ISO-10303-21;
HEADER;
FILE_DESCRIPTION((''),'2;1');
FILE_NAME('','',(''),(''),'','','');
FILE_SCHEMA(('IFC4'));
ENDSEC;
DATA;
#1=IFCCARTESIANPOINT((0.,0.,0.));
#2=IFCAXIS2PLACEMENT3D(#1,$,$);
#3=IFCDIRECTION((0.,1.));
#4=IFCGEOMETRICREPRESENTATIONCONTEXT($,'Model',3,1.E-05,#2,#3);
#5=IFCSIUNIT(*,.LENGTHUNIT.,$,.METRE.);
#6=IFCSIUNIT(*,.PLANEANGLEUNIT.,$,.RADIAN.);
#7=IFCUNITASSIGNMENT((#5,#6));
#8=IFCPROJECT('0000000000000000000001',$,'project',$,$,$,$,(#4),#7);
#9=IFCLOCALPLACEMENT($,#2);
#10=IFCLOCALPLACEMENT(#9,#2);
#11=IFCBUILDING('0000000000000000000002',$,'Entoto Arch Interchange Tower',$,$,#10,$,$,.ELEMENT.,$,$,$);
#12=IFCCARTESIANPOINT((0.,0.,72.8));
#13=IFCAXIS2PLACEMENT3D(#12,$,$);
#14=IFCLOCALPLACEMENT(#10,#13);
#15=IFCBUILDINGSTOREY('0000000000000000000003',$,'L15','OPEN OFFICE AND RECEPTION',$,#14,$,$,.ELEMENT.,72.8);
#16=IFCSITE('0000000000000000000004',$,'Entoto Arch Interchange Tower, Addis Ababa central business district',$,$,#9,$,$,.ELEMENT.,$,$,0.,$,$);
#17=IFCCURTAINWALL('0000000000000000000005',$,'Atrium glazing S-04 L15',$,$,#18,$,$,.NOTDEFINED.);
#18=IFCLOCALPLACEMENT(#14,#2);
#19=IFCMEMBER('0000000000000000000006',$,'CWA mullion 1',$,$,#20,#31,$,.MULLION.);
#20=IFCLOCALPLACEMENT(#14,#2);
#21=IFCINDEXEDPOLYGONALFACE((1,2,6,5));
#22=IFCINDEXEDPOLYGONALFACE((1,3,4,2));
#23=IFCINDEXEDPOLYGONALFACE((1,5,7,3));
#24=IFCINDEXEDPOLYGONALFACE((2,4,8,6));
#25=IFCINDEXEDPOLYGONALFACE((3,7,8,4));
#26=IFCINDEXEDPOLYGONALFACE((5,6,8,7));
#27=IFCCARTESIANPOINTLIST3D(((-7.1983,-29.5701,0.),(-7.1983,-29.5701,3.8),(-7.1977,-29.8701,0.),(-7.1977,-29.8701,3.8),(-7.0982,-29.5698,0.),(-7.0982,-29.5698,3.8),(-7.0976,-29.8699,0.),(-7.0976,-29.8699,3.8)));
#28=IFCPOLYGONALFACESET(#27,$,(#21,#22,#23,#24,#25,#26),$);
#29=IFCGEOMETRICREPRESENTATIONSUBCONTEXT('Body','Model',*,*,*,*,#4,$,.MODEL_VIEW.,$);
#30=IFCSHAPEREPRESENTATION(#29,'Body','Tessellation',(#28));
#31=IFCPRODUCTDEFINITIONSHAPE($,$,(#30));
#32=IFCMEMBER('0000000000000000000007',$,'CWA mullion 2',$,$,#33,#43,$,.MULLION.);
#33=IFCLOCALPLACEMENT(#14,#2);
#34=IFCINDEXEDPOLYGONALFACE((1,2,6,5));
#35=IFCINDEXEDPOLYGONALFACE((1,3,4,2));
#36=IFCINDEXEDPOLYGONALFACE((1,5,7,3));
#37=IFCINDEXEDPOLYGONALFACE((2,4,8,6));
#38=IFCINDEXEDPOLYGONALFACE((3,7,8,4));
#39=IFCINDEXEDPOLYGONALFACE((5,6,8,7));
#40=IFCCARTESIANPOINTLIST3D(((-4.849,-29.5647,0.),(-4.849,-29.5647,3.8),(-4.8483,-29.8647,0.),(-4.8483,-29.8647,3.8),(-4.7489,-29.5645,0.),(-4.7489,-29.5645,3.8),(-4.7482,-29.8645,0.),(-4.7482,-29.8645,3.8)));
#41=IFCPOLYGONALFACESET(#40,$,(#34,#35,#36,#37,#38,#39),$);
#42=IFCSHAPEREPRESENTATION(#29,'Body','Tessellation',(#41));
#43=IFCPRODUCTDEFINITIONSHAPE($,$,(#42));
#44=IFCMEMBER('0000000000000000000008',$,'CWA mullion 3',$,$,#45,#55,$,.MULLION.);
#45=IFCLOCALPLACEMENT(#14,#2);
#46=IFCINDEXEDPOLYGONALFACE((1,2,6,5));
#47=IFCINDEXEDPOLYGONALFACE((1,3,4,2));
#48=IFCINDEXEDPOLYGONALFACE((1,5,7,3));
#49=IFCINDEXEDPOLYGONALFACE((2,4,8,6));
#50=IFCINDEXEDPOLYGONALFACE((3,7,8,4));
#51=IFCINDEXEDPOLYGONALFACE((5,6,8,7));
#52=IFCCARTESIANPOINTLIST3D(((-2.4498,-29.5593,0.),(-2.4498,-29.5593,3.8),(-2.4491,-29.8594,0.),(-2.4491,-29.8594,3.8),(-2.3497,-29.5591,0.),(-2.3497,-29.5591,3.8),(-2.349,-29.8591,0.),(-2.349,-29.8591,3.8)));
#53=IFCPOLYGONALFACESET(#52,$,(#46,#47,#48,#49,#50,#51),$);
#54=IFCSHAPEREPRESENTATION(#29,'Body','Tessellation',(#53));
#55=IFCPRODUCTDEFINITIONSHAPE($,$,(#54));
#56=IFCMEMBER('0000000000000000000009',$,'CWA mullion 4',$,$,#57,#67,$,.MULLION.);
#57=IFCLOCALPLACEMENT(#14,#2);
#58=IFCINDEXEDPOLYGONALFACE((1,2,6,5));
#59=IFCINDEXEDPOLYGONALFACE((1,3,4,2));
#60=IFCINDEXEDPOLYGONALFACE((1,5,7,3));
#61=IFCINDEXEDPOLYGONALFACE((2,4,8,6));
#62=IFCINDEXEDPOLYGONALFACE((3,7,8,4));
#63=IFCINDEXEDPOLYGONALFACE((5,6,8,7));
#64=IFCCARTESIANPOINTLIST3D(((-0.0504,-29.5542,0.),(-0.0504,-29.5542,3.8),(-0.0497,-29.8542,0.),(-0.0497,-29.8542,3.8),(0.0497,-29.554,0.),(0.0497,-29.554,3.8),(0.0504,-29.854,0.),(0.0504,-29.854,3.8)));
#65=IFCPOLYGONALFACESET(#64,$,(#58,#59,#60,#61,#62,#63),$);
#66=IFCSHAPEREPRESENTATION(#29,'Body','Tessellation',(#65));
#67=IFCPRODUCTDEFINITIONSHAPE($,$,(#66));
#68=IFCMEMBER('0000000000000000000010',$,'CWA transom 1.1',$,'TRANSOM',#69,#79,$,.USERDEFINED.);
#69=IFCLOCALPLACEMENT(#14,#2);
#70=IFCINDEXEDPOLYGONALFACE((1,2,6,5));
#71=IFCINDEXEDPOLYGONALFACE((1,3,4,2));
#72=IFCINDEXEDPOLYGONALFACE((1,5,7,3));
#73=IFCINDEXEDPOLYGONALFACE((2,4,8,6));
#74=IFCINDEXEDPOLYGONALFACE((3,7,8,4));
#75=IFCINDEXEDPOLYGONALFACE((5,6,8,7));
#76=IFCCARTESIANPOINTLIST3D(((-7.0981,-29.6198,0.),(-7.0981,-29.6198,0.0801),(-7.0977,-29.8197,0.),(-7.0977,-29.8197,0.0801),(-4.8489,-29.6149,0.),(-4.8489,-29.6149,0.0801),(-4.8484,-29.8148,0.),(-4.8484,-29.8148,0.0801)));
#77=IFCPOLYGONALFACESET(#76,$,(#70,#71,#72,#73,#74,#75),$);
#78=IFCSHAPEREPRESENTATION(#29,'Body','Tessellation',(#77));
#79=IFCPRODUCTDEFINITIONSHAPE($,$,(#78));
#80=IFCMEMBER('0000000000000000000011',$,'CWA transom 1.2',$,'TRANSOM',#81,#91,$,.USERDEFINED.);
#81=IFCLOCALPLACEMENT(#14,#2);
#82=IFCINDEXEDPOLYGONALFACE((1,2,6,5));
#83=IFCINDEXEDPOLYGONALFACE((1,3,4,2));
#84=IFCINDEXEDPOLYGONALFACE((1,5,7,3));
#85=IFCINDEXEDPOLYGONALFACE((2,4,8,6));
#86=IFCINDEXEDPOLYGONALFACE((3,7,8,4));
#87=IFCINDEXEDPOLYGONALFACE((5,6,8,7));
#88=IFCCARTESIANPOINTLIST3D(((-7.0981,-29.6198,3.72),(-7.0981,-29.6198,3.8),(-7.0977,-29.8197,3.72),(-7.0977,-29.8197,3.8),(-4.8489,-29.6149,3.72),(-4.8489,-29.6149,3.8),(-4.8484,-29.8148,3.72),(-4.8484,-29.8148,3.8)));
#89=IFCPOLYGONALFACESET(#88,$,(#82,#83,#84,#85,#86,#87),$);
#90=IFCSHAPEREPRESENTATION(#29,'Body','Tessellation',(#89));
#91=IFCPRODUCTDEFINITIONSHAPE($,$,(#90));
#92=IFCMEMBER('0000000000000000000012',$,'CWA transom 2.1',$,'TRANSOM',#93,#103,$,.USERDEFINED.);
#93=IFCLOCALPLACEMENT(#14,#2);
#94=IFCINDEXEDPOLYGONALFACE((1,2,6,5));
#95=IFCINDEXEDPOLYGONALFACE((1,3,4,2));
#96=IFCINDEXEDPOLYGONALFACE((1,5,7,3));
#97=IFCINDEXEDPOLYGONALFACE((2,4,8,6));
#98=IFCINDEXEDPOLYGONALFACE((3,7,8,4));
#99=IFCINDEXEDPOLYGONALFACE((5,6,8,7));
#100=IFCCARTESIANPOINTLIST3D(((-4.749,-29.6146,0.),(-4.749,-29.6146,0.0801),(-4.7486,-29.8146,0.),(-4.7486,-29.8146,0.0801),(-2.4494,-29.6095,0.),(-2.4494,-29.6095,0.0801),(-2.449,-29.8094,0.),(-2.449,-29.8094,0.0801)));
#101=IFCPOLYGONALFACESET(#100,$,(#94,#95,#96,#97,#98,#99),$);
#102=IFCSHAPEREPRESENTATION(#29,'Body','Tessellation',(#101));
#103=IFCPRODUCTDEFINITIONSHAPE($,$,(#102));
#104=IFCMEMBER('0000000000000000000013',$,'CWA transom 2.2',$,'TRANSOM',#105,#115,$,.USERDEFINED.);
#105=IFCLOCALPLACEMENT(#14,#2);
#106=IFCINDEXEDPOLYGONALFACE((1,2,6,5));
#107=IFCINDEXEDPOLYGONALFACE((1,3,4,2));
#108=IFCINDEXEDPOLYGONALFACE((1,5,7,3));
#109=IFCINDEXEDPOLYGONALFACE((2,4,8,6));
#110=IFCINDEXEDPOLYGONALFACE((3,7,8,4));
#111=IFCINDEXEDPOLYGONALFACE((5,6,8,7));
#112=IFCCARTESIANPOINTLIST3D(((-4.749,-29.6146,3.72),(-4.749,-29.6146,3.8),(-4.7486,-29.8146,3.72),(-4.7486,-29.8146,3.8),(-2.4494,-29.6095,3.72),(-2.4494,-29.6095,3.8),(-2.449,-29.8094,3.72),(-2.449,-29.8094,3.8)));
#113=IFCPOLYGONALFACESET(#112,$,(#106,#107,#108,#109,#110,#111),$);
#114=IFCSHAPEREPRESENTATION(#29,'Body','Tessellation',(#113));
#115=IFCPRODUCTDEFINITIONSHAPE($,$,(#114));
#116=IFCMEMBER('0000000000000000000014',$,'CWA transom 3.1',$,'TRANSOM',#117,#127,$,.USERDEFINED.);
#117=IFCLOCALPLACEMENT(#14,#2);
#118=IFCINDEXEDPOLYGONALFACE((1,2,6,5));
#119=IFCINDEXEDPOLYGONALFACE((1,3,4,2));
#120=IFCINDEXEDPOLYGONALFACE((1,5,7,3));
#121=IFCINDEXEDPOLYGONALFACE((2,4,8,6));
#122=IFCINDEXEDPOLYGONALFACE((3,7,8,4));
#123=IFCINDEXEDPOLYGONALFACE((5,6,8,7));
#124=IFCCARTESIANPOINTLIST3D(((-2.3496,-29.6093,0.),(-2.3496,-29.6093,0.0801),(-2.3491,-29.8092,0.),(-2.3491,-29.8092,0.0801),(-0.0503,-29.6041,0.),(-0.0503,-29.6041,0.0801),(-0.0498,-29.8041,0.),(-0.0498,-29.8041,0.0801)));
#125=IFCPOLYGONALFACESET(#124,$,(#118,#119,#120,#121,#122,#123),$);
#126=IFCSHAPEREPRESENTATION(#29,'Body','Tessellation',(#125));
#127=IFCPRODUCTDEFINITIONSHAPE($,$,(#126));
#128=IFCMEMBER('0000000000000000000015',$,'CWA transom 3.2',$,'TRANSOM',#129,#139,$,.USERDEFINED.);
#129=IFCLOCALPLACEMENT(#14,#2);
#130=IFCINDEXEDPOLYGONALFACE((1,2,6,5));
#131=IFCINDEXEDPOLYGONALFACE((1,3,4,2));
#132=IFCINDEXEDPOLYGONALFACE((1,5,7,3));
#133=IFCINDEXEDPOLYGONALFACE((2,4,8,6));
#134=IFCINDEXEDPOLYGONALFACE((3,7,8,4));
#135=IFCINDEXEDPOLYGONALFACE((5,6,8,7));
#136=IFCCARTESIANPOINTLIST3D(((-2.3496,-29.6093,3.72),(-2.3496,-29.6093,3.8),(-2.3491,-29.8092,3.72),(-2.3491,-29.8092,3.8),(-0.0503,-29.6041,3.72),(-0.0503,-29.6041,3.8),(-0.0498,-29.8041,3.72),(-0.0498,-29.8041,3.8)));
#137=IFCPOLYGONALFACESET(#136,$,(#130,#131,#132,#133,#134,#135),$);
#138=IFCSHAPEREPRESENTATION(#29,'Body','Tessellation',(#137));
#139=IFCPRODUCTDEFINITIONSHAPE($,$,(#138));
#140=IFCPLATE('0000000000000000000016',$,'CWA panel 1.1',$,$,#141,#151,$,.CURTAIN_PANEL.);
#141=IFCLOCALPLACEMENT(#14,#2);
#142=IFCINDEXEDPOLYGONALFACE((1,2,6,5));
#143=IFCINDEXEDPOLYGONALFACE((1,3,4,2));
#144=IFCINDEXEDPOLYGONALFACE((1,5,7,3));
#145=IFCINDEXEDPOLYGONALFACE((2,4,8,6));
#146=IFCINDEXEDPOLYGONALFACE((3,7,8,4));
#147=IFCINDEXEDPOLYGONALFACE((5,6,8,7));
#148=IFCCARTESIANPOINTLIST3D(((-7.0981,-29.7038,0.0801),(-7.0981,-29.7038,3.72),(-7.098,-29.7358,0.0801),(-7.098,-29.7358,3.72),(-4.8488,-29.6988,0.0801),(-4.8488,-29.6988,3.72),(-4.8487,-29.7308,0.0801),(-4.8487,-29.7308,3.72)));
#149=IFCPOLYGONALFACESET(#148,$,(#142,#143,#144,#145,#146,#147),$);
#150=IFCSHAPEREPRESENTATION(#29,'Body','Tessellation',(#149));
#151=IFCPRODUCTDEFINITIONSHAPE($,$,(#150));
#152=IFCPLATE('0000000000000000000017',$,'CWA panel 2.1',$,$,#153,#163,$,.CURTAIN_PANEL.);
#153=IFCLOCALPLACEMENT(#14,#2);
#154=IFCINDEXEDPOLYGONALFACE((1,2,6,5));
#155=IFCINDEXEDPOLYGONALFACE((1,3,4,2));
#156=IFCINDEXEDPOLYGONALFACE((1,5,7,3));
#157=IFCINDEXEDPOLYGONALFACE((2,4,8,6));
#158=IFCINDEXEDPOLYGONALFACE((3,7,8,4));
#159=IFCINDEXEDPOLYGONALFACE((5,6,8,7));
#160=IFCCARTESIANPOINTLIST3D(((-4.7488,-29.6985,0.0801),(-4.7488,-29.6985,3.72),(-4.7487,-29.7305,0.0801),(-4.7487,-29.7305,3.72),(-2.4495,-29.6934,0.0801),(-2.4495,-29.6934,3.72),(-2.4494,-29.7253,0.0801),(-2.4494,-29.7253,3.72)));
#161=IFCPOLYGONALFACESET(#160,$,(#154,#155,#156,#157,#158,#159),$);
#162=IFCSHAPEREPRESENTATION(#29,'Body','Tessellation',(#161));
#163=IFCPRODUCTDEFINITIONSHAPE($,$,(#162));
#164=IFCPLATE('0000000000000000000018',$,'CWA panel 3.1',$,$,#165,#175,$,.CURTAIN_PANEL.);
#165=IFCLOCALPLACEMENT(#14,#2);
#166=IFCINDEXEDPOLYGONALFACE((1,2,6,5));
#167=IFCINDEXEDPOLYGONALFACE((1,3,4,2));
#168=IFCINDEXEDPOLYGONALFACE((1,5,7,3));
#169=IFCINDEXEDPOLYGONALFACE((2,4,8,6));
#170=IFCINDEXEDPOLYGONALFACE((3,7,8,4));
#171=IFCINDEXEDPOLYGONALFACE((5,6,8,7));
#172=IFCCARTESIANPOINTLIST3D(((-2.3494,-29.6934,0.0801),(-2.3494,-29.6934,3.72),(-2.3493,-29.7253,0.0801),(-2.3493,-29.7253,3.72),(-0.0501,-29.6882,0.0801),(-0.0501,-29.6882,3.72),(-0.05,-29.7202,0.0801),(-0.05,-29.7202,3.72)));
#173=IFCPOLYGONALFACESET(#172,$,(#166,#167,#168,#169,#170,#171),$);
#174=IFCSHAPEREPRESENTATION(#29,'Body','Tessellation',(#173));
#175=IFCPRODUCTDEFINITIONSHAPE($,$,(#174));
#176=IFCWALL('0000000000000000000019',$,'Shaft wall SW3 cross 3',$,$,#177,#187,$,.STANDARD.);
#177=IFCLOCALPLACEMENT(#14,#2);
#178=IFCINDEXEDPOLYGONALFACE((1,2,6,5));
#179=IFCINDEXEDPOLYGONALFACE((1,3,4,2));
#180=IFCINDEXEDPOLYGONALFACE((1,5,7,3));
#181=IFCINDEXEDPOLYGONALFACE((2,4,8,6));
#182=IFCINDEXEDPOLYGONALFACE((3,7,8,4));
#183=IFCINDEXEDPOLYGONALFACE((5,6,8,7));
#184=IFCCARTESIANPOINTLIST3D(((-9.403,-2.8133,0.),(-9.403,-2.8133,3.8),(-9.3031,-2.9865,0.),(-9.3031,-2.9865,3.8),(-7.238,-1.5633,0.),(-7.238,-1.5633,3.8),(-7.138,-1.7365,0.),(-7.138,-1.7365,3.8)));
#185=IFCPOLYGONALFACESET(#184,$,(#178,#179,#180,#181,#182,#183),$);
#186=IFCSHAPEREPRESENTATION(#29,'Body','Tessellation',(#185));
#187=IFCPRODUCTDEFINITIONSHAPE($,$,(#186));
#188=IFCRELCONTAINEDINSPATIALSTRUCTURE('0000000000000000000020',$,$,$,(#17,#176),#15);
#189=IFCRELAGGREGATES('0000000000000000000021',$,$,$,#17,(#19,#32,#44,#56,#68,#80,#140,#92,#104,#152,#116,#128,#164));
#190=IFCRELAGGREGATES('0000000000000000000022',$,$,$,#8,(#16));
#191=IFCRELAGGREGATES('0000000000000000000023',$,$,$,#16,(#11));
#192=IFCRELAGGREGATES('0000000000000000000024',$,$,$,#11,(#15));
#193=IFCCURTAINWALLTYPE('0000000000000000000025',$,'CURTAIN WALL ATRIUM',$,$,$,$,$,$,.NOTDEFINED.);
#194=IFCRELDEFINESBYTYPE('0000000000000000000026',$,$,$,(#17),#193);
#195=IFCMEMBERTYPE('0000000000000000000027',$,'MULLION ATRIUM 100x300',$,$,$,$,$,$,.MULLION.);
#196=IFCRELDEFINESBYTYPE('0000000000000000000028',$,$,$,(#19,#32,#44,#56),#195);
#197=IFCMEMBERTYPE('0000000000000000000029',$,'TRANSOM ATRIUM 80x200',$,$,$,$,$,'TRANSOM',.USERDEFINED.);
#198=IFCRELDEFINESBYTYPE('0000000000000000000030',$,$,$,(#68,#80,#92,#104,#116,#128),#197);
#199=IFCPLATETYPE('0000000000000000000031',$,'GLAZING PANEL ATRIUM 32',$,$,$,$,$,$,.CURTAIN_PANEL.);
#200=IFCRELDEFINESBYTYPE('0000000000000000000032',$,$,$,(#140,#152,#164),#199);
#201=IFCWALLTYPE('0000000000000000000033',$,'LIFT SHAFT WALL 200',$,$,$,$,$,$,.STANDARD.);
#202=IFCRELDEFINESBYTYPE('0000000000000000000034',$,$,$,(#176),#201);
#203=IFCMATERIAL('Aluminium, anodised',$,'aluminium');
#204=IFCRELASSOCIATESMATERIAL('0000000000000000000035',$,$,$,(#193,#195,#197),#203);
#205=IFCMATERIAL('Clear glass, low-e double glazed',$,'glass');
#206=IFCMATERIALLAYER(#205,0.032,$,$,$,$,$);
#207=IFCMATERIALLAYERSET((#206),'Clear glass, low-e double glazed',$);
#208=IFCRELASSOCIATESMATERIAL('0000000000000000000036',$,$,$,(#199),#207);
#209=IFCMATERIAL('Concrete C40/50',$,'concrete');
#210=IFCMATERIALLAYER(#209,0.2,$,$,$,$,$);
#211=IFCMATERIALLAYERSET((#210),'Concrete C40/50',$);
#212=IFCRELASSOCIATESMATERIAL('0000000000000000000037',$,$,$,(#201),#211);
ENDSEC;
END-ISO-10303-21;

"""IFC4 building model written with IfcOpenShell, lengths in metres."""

from ifc_helpers import new_model, si_unit, direction, frame, frame_2d, origin, origin_2d, place, context, subcontext, project, spatial, rectangle, extrude, material, layer, layer_set, material_profile, profile_set, type_object, element, aggregate, save


model = new_model("IFC4")

# Units and contexts
model_context = context("Model", 3, precision=1e-05, world=origin(), true_north=direction((0.0, 1.0)))
body_context = subcontext(model_context, "Body", "Model", "MODEL_VIEW")
ifc_project = project(units=[si_unit("LENGTHUNIT", "METRE"), si_unit("PLANEANGLEUNIT", "RADIAN")], contexts=[model_context])

# Site, building, storey
site_placement = place(None, origin())
site = spatial("IfcSite", under=ifc_project, at=site_placement, Name="Entoto Arch Interchange Tower, Addis Ababa central business district", CompositionType="ELEMENT", RefElevation=0.0)
building_placement = place(site_placement, origin())
building = spatial("IfcBuilding", under=site, at=building_placement, Name="Entoto Arch Interchange Tower", CompositionType="ELEMENT")
storey_placement = place(building_placement, frame((0.0, 0.0, 72.8)))
storey = spatial("IfcBuildingStorey", under=building, at=storey_placement, Name="L15", Description="OPEN OFFICE AND RECEPTION", CompositionType="ELEMENT", Elevation=72.8)

# Curtain wall, members, plates
ifc_material_1 = material(Name="Aluminium, anodised", Category="aluminium")
curtain_wall_type = type_object("IfcCurtainWallType", Name="CURTAIN WALL ATRIUM", PredefinedType="NOTDEFINED", material=ifc_material_1)
curtain_wall_placement = place(storey_placement, origin())
curtain_wall = element("IfcCurtainWall", 1, at=curtain_wall_placement, inside=storey, type_object=curtain_wall_type, Name="Atrium glazing S-04 L15", PredefinedType="NOTDEFINED")
ifc_material_profile_1 = material_profile(ifc_material_1, rectangle(XDim=0.3, YDim=0.1001, at=origin_2d()))
ifc_profile_set_1 = profile_set([ifc_material_profile_1], Name="Aluminium, anodised")
member_type_1 = type_object("IfcMemberType", Name="MULLION ATRIUM 100x300", PredefinedType="MULLION", material=ifc_profile_set_1)
member_1_placement = place(storey_placement, frame((-7.1479, -29.72, 0.0), z_axis=(0.0, 0.0, 1.0), x_axis=(-0.002223, 0.999998, 0.0)))
member_1 = element("IfcMember", 2, at=member_1_placement, type_object=member_type_1, Name="CWA mullion 1", PredefinedType="MULLION", context=body_context, shape_type="SweptSolid", body=[
    extrude(rectangle(XDim=0.3, YDim=0.1001, at=origin_2d()), origin(), (0.0, 0.0, 1.0), 3.8),
])
member_2_placement = place(storey_placement, frame((-4.7986, -29.7146, 0.0), z_axis=(0.0, 0.0, 1.0), x_axis=(-0.002223, 0.999998, 0.0)))
member_2 = element("IfcMember", 3, at=member_2_placement, type_object=member_type_1, Name="CWA mullion 2", PredefinedType="MULLION", context=body_context, shape_type="SweptSolid", body=[
    extrude(rectangle(XDim=0.3, YDim=0.1001, at=origin_2d()), origin(), (0.0, 0.0, 1.0), 3.8),
])
member_3_placement = place(storey_placement, frame((-2.3994, -29.7092, 0.0), z_axis=(0.0, 0.0, 1.0), x_axis=(-0.002223, 0.999998, 0.0)))
member_3 = element("IfcMember", 4, at=member_3_placement, type_object=member_type_1, Name="CWA mullion 3", PredefinedType="MULLION", context=body_context, shape_type="SweptSolid", body=[
    extrude(rectangle(XDim=0.3, YDim=0.1001, at=origin_2d()), origin(), (0.0, 0.0, 1.0), 3.8),
])
member_4_placement = place(storey_placement, frame((0.0, -29.7041, 0.0), z_axis=(0.0, 0.0, 1.0), x_axis=(-0.002223, 0.999998, 0.0)))
member_4 = element("IfcMember", 5, at=member_4_placement, type_object=member_type_1, Name="CWA mullion 4", PredefinedType="MULLION", context=body_context, shape_type="SweptSolid", body=[
    extrude(rectangle(XDim=0.3, YDim=0.1001, at=origin_2d()), origin(), (0.0, 0.0, 1.0), 3.8),
])
ifc_material_profile_2 = material_profile(ifc_material_1, rectangle(XDim=0.2, YDim=0.0801, at=origin_2d()))
ifc_profile_set_2 = profile_set([ifc_material_profile_2], Name="Aluminium, anodised")
member_type_2 = type_object("IfcMemberType", Name="TRANSOM ATRIUM 80x200", ElementType="TRANSOM", PredefinedType="USERDEFINED", material=ifc_profile_set_2)
member_5_placement = place(storey_placement, frame((-7.0979, -29.7197, 0.04), z_axis=(0.999998, 0.002171, 0.0), x_axis=(-0.002171, 0.999998, 0.0)))
member_5 = element("IfcMember", 6, at=member_5_placement, type_object=member_type_2, Name="CWA transom 1.1", ObjectType="TRANSOM", PredefinedType="USERDEFINED", context=body_context, shape_type="SweptSolid", body=[
    extrude(rectangle(XDim=0.2, YDim=0.0801, at=origin_2d()), origin(), (0.0, 0.0, 1.0), 2.2493),
])
member_6_placement = place(storey_placement, frame((-7.0979, -29.7197, 3.76), z_axis=(0.999998, 0.002171, 0.0), x_axis=(-0.002171, 0.999998, 0.0)))
member_6 = element("IfcMember", 7, at=member_6_placement, type_object=member_type_2, Name="CWA transom 1.2", ObjectType="TRANSOM", PredefinedType="USERDEFINED", context=body_context, shape_type="SweptSolid", body=[
    extrude(rectangle(XDim=0.2, YDim=0.0801, at=origin_2d()), origin(), (0.0, 0.0, 1.0), 2.2493),
])
member_7_placement = place(storey_placement, frame((-4.7488, -29.7146, 0.04), z_axis=(0.999998, 0.00223, 0.0), x_axis=(-0.00223, 0.999998, 0.0)))
member_7 = element("IfcMember", 8, at=member_7_placement, type_object=member_type_2, Name="CWA transom 2.1", ObjectType="TRANSOM", PredefinedType="USERDEFINED", context=body_context, shape_type="SweptSolid", body=[
    extrude(rectangle(XDim=0.2, YDim=0.0801, at=origin_2d()), origin(), (0.0, 0.0, 1.0), 2.2996),
])
member_8_placement = place(storey_placement, frame((-4.7488, -29.7146, 3.76), z_axis=(0.999998, 0.00223, 0.0), x_axis=(-0.00223, 0.999998, 0.0)))
member_8 = element("IfcMember", 9, at=member_8_placement, type_object=member_type_2, Name="CWA transom 2.2", ObjectType="TRANSOM", PredefinedType="USERDEFINED", context=body_context, shape_type="SweptSolid", body=[
    extrude(rectangle(XDim=0.2, YDim=0.0801, at=origin_2d()), origin(), (0.0, 0.0, 1.0), 2.2996),
])
member_9_placement = place(storey_placement, frame((-2.3494, -29.7092, 0.04), z_axis=(0.999998, 0.00223, 0.0), x_axis=(-0.00223, 0.999998, 0.0)))
member_9 = element("IfcMember", 10, at=member_9_placement, type_object=member_type_2, Name="CWA transom 3.1", ObjectType="TRANSOM", PredefinedType="USERDEFINED", context=body_context, shape_type="SweptSolid", body=[
    extrude(rectangle(XDim=0.2, YDim=0.0801, at=origin_2d()), origin(), (0.0, 0.0, 1.0), 2.2993),
])
member_10_placement = place(storey_placement, frame((-2.3494, -29.7092, 3.76), z_axis=(0.999998, 0.00223, 0.0), x_axis=(-0.00223, 0.999998, 0.0)))
member_10 = element("IfcMember", 11, at=member_10_placement, type_object=member_type_2, Name="CWA transom 3.2", ObjectType="TRANSOM", PredefinedType="USERDEFINED", context=body_context, shape_type="SweptSolid", body=[
    extrude(rectangle(XDim=0.2, YDim=0.0801, at=origin_2d()), origin(), (0.0, 0.0, 1.0), 2.2993),
])
ifc_material_2 = material(Name="Clear glass, low-e double glazed", Category="glass")
ifc_layer_1 = layer(ifc_material_2, 0.032)
ifc_layer_set_1 = layer_set([ifc_layer_1], Name="Clear glass, low-e double glazed")
plate_type = type_object("IfcPlateType", Name="GLAZING PANEL ATRIUM 32", PredefinedType="CURTAIN_PANEL", material=ifc_layer_set_1)
plate_1_placement = place(storey_placement, frame((-5.9734, -29.7173, 0.0801), z_axis=(0.0, 0.0, 1.0), x_axis=(0.999998, 0.002223, 0.0)))
plate_1 = element("IfcPlate", 12, at=plate_1_placement, type_object=plate_type, Name="CWA panel 1.1", PredefinedType="CURTAIN_PANEL", context=body_context, shape_type="SweptSolid", body=[
    extrude(rectangle(XDim=2.2493, YDim=0.032, at=origin_2d()), origin(), (0.0, 0.0, 1.0), 3.6399),
])
plate_2_placement = place(storey_placement, frame((-3.5991, -29.7119, 0.0801), z_axis=(0.0, 0.0, 1.0), x_axis=(0.999998, 0.002223, 0.0)))
plate_2 = element("IfcPlate", 13, at=plate_2_placement, type_object=plate_type, Name="CWA panel 2.1", PredefinedType="CURTAIN_PANEL", context=body_context, shape_type="SweptSolid", body=[
    extrude(rectangle(XDim=2.2993, YDim=0.032, at=origin_2d()), origin(), (0.0, 0.0, 1.0), 3.6399),
])
plate_3_placement = place(storey_placement, frame((-1.1997, -29.7068, 0.0801), z_axis=(0.0, 0.0, 1.0), x_axis=(0.999998, 0.002223, 0.0)))
plate_3 = element("IfcPlate", 14, at=plate_3_placement, type_object=plate_type, Name="CWA panel 3.1", PredefinedType="CURTAIN_PANEL", context=body_context, shape_type="SweptSolid", body=[
    extrude(rectangle(XDim=2.2993, YDim=0.032, at=origin_2d()), origin(), (0.0, 0.0, 1.0), 3.6399),
])
aggregate(curtain_wall, [member_1, member_2, member_3, member_4, member_5, member_6, plate_1, member_7, member_8, plate_2, member_9, member_10, plate_3])

# Wall
ifc_material_3 = material(Name="Concrete C40/50", Category="concrete")
ifc_layer_2 = layer(ifc_material_3, 0.2)
ifc_layer_set_2 = layer_set([ifc_layer_2], Name="Concrete C40/50")
wall_type_1 = type_object("IfcWallType", Name="LIFT SHAFT WALL 200", PredefinedType="STANDARD", material=ifc_layer_set_2)
for number, where, z_axis, x_axis, name in (
    (15, (-7.188, -1.6499, 0.0), (0.0, 0.0, 1.0), (-0.866023, -0.500004, 0.0), "Shaft wall SW3 cross 3"),
):
    element("IfcWall", number, at=place(storey_placement, frame(where, z_axis=z_axis, x_axis=x_axis)), inside=storey, type_object=wall_type_1, Name=name, PredefinedType="STANDARD", context=body_context, shape_type="SweptSolid", body=[
        extrude(rectangle(XDim=2.5, YDim=0.2, at=frame_2d((1.25, 0.0))), origin(), (0.0, 0.0, 1.0), 3.8),
    ])

save(model, "model.ifc")
